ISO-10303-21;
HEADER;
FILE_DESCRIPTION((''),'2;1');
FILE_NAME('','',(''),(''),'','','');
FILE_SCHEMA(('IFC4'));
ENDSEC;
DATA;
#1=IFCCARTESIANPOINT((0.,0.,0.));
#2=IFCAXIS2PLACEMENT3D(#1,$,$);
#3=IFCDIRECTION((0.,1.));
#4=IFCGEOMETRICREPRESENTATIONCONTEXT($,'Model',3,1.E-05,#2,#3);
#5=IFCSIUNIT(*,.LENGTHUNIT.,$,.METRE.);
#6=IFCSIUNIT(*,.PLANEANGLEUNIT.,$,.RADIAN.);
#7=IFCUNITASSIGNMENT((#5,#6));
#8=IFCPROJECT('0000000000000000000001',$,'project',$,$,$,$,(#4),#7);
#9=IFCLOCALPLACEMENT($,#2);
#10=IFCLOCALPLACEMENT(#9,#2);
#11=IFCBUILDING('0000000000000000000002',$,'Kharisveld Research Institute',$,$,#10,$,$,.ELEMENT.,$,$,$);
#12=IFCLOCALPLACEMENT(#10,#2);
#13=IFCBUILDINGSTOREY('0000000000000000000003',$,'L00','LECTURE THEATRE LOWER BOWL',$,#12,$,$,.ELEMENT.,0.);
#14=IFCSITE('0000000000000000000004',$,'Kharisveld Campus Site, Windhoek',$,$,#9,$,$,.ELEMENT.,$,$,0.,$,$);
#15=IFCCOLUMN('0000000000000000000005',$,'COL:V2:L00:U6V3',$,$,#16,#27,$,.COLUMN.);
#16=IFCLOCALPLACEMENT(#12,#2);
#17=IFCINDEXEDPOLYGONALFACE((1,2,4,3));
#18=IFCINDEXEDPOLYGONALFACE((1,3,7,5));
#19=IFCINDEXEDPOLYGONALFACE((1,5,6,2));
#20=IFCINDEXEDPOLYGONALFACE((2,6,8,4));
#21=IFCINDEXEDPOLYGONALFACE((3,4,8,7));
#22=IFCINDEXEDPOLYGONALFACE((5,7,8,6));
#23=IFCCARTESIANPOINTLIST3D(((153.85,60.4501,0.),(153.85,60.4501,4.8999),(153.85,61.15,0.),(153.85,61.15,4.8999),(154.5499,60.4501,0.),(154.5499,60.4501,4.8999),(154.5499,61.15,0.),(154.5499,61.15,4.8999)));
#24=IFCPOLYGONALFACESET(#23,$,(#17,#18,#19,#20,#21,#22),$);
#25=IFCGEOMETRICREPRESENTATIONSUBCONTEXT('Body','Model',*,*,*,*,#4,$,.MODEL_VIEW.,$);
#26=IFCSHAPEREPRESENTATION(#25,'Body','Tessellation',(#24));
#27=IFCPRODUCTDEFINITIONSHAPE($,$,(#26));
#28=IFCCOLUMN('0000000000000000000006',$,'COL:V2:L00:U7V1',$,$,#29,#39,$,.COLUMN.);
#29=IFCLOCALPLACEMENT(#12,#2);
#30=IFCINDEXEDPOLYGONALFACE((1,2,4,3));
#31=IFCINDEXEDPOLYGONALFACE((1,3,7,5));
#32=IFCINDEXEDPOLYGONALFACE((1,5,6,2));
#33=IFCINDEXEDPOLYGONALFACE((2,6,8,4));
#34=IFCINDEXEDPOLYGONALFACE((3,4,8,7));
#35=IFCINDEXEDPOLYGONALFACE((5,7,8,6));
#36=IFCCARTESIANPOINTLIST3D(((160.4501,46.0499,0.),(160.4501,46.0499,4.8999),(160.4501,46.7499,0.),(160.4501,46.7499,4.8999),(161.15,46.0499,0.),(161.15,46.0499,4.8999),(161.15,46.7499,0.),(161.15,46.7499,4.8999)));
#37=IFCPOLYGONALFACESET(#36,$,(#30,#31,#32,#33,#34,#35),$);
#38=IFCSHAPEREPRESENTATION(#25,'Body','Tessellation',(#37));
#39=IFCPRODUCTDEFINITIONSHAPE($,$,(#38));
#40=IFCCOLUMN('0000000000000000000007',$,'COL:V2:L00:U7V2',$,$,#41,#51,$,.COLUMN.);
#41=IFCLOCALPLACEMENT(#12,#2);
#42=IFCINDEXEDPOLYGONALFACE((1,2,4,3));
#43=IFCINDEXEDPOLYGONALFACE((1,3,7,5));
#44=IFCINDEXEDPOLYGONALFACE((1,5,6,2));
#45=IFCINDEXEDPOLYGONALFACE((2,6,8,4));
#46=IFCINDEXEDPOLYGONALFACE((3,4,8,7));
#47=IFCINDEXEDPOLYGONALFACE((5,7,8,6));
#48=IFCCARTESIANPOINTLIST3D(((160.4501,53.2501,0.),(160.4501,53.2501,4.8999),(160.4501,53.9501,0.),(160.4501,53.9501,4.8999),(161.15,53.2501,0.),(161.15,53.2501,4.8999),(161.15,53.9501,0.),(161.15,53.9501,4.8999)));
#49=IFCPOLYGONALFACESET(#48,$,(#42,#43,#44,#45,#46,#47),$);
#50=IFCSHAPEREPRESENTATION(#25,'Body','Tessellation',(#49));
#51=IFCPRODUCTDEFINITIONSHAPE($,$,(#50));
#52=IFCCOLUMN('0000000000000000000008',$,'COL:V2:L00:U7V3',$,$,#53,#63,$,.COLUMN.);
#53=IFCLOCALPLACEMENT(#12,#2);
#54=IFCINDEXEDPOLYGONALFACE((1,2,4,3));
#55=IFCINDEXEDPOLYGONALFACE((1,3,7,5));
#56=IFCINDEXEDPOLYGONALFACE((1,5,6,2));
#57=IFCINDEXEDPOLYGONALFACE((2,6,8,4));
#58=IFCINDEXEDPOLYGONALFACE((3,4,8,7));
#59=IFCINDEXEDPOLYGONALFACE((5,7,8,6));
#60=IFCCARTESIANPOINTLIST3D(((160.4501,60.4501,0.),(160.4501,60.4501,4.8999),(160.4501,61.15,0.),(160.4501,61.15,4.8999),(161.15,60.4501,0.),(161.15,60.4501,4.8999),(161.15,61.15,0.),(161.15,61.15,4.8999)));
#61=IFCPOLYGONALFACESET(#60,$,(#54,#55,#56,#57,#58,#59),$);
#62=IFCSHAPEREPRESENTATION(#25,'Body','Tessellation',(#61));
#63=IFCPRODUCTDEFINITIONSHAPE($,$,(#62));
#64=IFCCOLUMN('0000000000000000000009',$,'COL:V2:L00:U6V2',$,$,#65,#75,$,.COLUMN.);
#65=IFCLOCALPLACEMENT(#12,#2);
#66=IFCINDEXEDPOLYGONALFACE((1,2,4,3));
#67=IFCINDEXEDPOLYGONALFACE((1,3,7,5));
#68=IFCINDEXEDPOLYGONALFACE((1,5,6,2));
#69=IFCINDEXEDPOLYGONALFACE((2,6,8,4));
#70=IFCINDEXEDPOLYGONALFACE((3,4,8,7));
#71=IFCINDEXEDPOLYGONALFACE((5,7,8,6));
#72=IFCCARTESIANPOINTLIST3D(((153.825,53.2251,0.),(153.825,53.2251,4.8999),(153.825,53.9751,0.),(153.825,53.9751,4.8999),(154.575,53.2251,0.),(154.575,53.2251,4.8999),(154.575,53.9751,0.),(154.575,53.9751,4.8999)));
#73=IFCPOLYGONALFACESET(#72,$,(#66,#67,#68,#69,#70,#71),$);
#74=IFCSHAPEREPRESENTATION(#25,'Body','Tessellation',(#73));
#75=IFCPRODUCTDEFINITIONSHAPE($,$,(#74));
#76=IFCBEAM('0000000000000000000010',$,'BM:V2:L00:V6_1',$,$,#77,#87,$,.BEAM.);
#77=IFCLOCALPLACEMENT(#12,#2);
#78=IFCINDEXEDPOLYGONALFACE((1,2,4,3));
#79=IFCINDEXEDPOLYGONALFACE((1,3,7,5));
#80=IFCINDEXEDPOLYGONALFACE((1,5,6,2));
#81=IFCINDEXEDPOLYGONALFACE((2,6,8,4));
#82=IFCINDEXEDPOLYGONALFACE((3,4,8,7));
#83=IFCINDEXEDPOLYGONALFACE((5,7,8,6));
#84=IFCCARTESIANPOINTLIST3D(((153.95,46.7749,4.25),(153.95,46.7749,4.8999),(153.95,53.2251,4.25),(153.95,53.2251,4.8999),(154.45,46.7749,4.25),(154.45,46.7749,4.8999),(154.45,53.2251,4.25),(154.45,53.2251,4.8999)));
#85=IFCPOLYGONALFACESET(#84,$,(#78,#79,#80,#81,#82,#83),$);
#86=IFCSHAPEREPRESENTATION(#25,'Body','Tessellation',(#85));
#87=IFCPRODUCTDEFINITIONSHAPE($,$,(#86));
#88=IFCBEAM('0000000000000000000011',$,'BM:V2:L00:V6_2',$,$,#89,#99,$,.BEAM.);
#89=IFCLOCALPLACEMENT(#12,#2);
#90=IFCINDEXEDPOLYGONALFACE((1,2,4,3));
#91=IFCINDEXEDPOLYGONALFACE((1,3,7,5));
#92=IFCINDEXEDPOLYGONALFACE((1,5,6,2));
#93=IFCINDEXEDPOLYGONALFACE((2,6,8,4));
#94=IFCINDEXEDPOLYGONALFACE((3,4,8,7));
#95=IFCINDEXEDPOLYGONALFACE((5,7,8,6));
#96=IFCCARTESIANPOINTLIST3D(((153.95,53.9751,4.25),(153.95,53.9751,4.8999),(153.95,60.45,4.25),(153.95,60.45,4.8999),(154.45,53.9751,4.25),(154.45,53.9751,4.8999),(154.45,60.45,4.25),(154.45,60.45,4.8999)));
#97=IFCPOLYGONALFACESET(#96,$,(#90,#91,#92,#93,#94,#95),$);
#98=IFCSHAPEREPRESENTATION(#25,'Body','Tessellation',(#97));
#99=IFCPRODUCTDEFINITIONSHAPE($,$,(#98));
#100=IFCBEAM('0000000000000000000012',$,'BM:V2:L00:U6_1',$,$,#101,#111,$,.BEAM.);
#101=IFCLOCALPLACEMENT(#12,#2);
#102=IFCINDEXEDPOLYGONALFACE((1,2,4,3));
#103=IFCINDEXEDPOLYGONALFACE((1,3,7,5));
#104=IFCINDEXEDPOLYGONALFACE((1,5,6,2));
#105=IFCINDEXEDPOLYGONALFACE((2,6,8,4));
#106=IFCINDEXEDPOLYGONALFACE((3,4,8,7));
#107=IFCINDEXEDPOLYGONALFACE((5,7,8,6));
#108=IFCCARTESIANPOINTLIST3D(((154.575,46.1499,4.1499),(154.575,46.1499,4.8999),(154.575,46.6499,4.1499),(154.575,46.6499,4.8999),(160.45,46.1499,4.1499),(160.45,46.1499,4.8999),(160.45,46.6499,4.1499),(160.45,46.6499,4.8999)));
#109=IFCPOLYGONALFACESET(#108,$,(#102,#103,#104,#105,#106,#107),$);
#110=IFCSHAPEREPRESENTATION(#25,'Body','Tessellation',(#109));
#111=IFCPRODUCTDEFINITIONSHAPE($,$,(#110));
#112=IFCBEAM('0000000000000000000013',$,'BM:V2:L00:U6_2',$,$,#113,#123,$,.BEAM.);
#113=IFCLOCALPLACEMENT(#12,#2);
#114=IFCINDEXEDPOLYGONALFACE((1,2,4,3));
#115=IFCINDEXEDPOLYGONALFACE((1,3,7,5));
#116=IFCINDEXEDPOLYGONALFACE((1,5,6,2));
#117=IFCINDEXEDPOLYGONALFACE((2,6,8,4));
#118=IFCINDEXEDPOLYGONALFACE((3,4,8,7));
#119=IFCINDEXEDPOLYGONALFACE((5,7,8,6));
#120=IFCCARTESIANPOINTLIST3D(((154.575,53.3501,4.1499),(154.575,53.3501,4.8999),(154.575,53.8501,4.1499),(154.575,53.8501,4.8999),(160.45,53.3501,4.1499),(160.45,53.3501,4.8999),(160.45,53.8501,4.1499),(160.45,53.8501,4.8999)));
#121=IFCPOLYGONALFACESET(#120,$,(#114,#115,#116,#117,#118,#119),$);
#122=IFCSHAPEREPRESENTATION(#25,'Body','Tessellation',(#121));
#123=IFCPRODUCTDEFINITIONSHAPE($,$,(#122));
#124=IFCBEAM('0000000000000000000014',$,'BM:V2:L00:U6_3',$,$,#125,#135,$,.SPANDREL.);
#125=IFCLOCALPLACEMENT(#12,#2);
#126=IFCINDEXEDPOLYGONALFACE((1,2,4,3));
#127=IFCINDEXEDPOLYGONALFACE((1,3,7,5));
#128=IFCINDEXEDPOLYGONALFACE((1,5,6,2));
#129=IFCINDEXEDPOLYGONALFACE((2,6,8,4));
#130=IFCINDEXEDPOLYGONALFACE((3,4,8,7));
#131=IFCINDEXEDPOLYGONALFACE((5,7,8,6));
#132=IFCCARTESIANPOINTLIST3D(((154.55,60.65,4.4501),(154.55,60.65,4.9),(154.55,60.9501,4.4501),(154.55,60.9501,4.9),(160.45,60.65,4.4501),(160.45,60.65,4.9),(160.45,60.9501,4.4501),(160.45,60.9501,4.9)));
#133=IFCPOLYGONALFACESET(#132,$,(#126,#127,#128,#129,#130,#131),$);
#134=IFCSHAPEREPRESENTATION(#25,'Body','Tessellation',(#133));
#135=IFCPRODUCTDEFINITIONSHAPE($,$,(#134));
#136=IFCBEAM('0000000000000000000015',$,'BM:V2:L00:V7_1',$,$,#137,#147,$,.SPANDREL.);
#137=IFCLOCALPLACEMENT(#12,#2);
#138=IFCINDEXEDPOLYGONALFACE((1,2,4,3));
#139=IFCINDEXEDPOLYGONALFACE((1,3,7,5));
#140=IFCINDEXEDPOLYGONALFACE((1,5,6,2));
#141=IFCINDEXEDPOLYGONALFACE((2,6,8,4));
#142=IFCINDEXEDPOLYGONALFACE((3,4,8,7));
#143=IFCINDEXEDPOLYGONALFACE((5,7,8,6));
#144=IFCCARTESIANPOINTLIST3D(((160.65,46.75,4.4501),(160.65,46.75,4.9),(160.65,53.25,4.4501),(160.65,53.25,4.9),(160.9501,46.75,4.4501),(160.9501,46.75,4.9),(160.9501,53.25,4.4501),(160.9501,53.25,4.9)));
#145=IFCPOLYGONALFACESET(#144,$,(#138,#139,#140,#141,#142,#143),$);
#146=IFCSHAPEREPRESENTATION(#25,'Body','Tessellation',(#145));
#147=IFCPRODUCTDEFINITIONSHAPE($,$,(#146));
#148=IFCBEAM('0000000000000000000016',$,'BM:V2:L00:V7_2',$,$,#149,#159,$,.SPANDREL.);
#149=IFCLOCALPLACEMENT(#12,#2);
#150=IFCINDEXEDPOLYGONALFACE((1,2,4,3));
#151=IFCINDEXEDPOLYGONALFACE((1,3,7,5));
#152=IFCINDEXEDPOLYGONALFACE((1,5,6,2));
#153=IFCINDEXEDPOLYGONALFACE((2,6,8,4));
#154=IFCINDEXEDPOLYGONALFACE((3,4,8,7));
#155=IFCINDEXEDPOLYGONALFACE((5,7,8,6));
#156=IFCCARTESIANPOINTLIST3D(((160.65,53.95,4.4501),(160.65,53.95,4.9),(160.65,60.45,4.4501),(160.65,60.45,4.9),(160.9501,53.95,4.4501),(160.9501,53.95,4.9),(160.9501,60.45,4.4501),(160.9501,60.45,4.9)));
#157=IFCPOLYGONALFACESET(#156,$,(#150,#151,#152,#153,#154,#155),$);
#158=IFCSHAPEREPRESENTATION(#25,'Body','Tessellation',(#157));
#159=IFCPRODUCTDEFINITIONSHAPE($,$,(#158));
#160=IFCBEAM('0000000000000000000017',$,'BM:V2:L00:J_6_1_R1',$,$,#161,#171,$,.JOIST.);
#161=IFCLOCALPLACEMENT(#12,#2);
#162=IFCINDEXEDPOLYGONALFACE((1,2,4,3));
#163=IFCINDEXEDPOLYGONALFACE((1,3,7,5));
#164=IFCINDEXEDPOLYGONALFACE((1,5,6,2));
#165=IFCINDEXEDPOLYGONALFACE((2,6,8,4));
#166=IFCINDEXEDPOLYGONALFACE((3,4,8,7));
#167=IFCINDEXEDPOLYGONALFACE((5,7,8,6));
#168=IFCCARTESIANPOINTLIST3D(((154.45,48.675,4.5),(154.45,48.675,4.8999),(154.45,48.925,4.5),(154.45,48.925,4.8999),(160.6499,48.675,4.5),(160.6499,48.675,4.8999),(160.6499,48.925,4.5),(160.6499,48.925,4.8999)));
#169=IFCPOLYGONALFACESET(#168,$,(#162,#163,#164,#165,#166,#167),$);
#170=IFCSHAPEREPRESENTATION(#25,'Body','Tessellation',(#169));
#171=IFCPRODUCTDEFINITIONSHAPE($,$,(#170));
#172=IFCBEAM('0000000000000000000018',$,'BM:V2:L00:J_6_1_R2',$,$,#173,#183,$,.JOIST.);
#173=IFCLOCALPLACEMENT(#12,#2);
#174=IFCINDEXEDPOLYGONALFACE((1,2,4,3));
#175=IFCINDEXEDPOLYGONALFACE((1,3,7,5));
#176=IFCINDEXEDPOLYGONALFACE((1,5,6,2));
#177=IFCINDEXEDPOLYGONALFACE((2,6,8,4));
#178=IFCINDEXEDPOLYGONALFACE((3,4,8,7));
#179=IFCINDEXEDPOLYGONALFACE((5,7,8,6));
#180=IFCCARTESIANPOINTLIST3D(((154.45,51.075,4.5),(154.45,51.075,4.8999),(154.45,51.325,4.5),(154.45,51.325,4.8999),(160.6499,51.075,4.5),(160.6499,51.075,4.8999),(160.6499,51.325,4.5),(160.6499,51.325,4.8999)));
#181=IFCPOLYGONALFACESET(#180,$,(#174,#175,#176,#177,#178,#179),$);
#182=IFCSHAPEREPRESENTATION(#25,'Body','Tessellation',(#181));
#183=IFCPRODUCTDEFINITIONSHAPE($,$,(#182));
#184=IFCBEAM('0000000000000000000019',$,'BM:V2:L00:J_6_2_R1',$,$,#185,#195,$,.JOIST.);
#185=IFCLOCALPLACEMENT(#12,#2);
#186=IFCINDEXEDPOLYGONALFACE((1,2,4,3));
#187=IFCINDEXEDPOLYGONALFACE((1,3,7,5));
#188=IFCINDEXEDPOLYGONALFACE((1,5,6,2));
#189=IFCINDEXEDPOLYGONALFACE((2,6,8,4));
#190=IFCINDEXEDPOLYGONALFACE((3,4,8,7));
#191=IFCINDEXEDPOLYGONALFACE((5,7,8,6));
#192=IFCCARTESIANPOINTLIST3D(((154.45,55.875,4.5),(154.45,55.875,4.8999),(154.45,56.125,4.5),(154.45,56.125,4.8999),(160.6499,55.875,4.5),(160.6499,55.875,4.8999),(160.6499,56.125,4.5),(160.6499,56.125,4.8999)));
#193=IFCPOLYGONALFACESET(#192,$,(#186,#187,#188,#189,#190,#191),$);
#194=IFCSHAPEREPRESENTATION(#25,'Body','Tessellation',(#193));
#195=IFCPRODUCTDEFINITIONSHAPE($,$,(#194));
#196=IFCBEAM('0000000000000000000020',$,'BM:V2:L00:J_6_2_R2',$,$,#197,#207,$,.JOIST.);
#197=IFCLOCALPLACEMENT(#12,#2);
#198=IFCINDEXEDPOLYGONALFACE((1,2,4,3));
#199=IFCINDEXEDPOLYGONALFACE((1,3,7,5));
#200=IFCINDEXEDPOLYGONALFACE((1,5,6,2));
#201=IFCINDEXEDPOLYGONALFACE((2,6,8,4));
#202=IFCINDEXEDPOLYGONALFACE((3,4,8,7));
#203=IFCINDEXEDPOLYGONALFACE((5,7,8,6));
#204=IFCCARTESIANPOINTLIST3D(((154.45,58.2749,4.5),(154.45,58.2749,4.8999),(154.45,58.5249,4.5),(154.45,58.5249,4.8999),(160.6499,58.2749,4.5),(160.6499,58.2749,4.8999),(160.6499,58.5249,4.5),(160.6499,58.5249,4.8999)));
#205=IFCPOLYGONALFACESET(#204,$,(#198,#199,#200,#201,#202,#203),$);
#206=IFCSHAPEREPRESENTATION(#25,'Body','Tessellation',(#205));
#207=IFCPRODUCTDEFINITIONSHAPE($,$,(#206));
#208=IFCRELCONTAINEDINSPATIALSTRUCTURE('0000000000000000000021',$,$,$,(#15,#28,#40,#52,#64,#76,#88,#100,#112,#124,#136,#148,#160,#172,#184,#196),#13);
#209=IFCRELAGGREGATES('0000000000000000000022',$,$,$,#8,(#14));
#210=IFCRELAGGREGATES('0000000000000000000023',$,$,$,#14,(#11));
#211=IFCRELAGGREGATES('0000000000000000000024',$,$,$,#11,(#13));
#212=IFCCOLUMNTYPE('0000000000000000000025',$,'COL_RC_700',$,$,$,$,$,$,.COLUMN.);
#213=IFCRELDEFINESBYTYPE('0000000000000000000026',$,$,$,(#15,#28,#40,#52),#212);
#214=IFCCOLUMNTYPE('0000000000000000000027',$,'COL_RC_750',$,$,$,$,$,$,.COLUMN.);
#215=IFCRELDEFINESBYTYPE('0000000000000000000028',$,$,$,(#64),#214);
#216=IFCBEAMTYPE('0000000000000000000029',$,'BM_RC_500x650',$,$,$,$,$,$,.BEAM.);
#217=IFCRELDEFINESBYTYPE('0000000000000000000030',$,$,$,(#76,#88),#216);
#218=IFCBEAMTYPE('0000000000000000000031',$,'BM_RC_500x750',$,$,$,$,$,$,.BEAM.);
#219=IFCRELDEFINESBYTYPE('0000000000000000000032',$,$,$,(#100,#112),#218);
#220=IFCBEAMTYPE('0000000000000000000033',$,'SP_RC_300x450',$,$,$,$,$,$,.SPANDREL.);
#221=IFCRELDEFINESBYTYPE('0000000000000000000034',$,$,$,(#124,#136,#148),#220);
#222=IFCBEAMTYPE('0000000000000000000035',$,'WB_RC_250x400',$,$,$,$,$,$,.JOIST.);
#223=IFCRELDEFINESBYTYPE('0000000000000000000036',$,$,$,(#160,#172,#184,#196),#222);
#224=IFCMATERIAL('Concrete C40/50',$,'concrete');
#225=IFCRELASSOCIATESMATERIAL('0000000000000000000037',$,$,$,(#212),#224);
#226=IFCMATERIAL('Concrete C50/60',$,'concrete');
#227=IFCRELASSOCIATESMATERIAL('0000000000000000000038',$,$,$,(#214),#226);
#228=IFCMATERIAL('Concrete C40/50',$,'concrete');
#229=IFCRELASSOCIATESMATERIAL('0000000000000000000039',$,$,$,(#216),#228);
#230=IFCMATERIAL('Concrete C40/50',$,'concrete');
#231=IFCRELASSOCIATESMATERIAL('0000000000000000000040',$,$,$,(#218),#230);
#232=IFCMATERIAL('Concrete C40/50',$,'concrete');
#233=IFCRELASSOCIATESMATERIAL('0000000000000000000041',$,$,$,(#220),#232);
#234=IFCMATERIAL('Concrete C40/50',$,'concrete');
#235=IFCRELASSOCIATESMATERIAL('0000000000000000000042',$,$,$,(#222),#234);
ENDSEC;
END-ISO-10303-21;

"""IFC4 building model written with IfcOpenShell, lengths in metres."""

from ifc_helpers import new_model, si_unit, direction, frame, origin, origin_2d, place, context, subcontext, project, spatial, rectangle, extrude, material, material_profile, profile_set, type_object, element, save


model = new_model("IFC4")

# Units and contexts
model_context = context("Model", 3, precision=1e-05, world=origin(), true_north=direction((0.0, 1.0)))
body_context = subcontext(model_context, "Body", "Model", "MODEL_VIEW")
ifc_project = project(units=[si_unit("LENGTHUNIT", "METRE"), si_unit("PLANEANGLEUNIT", "RADIAN")], contexts=[model_context])

# Site, building, storey
site_placement = place(None, origin())
site = spatial("IfcSite", under=ifc_project, at=site_placement, Name="Kharisveld Campus Site, Windhoek", CompositionType="ELEMENT", RefElevation=0.0)
building_placement = place(site_placement, origin())
building = spatial("IfcBuilding", under=site, at=building_placement, Name="Kharisveld Research Institute", CompositionType="ELEMENT")
storey_placement = place(building_placement, origin())
storey = spatial("IfcBuildingStorey", under=building, at=storey_placement, Name="L00", Description="LECTURE THEATRE LOWER BOWL", CompositionType="ELEMENT", Elevation=0.0)

# Columns
ifc_material_1 = material(Name="Concrete C40/50", Category="concrete")
ifc_material_profile_1 = material_profile(ifc_material_1, rectangle(XDim=0.7, YDim=0.7, at=origin_2d()))
ifc_profile_set_1 = profile_set([ifc_material_profile_1], Name="Concrete C40/50")
column_type_1 = type_object("IfcColumnType", Name="COL_RC_700", PredefinedType="COLUMN", material=ifc_profile_set_1)
for number, where, z_axis, x_axis, name in (
    (1, (154.2, 60.8, 0.0), (0.0, 0.0, 1.0), (1.0, 0.0, 0.0), "COL:V2:L00:U6V3"),
    (2, (160.8, 46.3999, 0.0), (0.0, 0.0, 1.0), (1.0, 0.0, 0.0), "COL:V2:L00:U7V1"),
    (3, (160.8, 53.6001, 0.0), (0.0, 0.0, 1.0), (1.0, 0.0, 0.0), "COL:V2:L00:U7V2"),
    (4, (160.8, 60.8, 0.0), (0.0, 0.0, 1.0), (1.0, 0.0, 0.0), "COL:V2:L00:U7V3"),
):
    element("IfcColumn", number, at=place(storey_placement, frame(where, z_axis=z_axis, x_axis=x_axis)), inside=storey, type_object=column_type_1, Name=name, PredefinedType="COLUMN", context=body_context, shape_type="SweptSolid", body=[
        extrude(rectangle(XDim=0.7, YDim=0.7, at=origin_2d()), origin(), (0.0, 0.0, 1.0), 4.8999),
    ])
ifc_material_2 = material(Name="Concrete C50/60", Category="concrete")
ifc_material_profile_2 = material_profile(ifc_material_2, rectangle(XDim=0.75, YDim=0.75, at=origin_2d()))
ifc_profile_set_2 = profile_set([ifc_material_profile_2], Name="Concrete C50/60")
column_type_2 = type_object("IfcColumnType", Name="COL_RC_750", PredefinedType="COLUMN", material=ifc_profile_set_2)
column_placement = place(storey_placement, frame((154.2, 53.6001, 0.0), z_axis=(0.0, 0.0, 1.0), x_axis=(1.0, 0.0, 0.0)))
element("IfcColumn", 5, at=column_placement, inside=storey, type_object=column_type_2, Name="COL:V2:L00:U6V2", PredefinedType="COLUMN", context=body_context, shape_type="SweptSolid", body=[
    extrude(rectangle(XDim=0.75, YDim=0.75, at=origin_2d()), origin(), (0.0, 0.0, 1.0), 4.8999),
])

# Beams
ifc_material_3 = material(Name="Concrete C40/50", Category="concrete")
ifc_material_profile_3 = material_profile(ifc_material_3, rectangle(XDim=0.5, YDim=0.6499, at=origin_2d()))
ifc_profile_set_3 = profile_set([ifc_material_profile_3], Name="Concrete C40/50")
beam_type_1 = type_object("IfcBeamType", Name="BM_RC_500x650", PredefinedType="BEAM", material=ifc_profile_set_3)
beam_1_placement = place(storey_placement, frame((154.2, 46.7749, 4.575), z_axis=(0.0, 1.0, 0.0), x_axis=(-1.0, 0.0, 0.0)))
element("IfcBeam", 6, at=beam_1_placement, inside=storey, type_object=beam_type_1, Name="BM:V2:L00:V6_1", PredefinedType="BEAM", context=body_context, shape_type="SweptSolid", body=[
    extrude(rectangle(XDim=0.5, YDim=0.6499, at=origin_2d()), origin(), (0.0, 0.0, 1.0), 6.4502),
])
beam_2_placement = place(storey_placement, frame((154.2, 53.9751, 4.575), z_axis=(0.0, 1.0, 0.0), x_axis=(-1.0, 0.0, 0.0)))
element("IfcBeam", 7, at=beam_2_placement, inside=storey, type_object=beam_type_1, Name="BM:V2:L00:V6_2", PredefinedType="BEAM", context=body_context, shape_type="SweptSolid", body=[
    extrude(rectangle(XDim=0.5, YDim=0.6499, at=origin_2d()), origin(), (0.0, 0.0, 1.0), 6.4749),
])
ifc_material_4 = material(Name="Concrete C40/50", Category="concrete")
ifc_material_profile_4 = material_profile(ifc_material_4, rectangle(XDim=0.5, YDim=0.75, at=origin_2d()))
ifc_profile_set_4 = profile_set([ifc_material_profile_4], Name="Concrete C40/50")
beam_type_2 = type_object("IfcBeamType", Name="BM_RC_500x750", PredefinedType="BEAM", material=ifc_profile_set_4)
for number, where, z_axis, x_axis, name in (
    (8, (154.575, 46.3999, 4.5249), (1.0, 0.0, 0.0), (0.0, 1.0, 0.0), "BM:V2:L00:U6_1"),
    (9, (154.575, 53.6001, 4.5249), (1.0, 0.0, 0.0), (0.0, 1.0, 0.0), "BM:V2:L00:U6_2"),
):
    element("IfcBeam", number, at=place(storey_placement, frame(where, z_axis=z_axis, x_axis=x_axis)), inside=storey, type_object=beam_type_2, Name=name, PredefinedType="BEAM", context=body_context, shape_type="SweptSolid", body=[
        extrude(rectangle(XDim=0.5, YDim=0.75, at=origin_2d()), origin(), (0.0, 0.0, 1.0), 5.875),
    ])
ifc_material_5 = material(Name="Concrete C40/50", Category="concrete")
ifc_material_profile_5 = material_profile(ifc_material_5, rectangle(XDim=0.3, YDim=0.45, at=origin_2d()))
ifc_profile_set_5 = profile_set([ifc_material_profile_5], Name="Concrete C40/50")
beam_type_3 = type_object("IfcBeamType", Name="SP_RC_300x450", PredefinedType="SPANDREL", material=ifc_profile_set_5)
beam_3_placement = place(storey_placement, frame((154.55, 60.8, 4.675), z_axis=(1.0, 0.0, 0.0), x_axis=(0.0, 1.0, 0.0)))
element("IfcBeam", 10, at=beam_3_placement, inside=storey, type_object=beam_type_3, Name="BM:V2:L00:U6_3", PredefinedType="SPANDREL", context=body_context, shape_type="SweptSolid", body=[
    extrude(rectangle(XDim=0.3, YDim=0.45, at=origin_2d()), origin(), (0.0, 0.0, 1.0), 5.8999),
])
for number, where, z_axis, x_axis, name in (
    (11, (160.8, 46.75, 4.675), (0.0, 1.0, 0.0), (-1.0, 0.0, 0.0), "BM:V2:L00:V7_1"),
    (12, (160.8, 53.95, 4.675), (0.0, 1.0, 0.0), (-1.0, 0.0, 0.0), "BM:V2:L00:V7_2"),
):
    element("IfcBeam", number, at=place(storey_placement, frame(where, z_axis=z_axis, x_axis=x_axis)), inside=storey, type_object=beam_type_3, Name=name, PredefinedType="SPANDREL", context=body_context, shape_type="SweptSolid", body=[
        extrude(rectangle(XDim=0.3, YDim=0.45, at=origin_2d()), origin(), (0.0, 0.0, 1.0), 6.5),
    ])
ifc_material_6 = material(Name="Concrete C40/50", Category="concrete")
ifc_material_profile_6 = material_profile(ifc_material_6, rectangle(XDim=0.25, YDim=0.3999, at=origin_2d()))
ifc_profile_set_6 = profile_set([ifc_material_profile_6], Name="Concrete C40/50")
beam_type_4 = type_object("IfcBeamType", Name="WB_RC_250x400", PredefinedType="JOIST", material=ifc_profile_set_6)
for number, where, z_axis, x_axis, name in (
    (13, (154.45, 48.8, 4.7), (1.0, 0.0, 0.0), (0.0, 1.0, 0.0), "BM:V2:L00:J_6_1_R1"),
    (14, (154.45, 51.2, 4.7), (1.0, 0.0, 0.0), (0.0, 1.0, 0.0), "BM:V2:L00:J_6_1_R2"),
    (15, (154.45, 56.0, 4.7), (1.0, 0.0, 0.0), (0.0, 1.0, 0.0), "BM:V2:L00:J_6_2_R1"),
    (16, (154.45, 58.3999, 4.7), (1.0, 0.0, 0.0), (0.0, 1.0, 0.0), "BM:V2:L00:J_6_2_R2"),
):
    element("IfcBeam", number, at=place(storey_placement, frame(where, z_axis=z_axis, x_axis=x_axis)), inside=storey, type_object=beam_type_4, Name=name, PredefinedType="JOIST", context=body_context, shape_type="SweptSolid", body=[
        extrude(rectangle(XDim=0.25, YDim=0.3999, at=origin_2d()), origin(), (0.0, 0.0, 1.0), 6.2),
    ])

save(model, "model.ifc")
